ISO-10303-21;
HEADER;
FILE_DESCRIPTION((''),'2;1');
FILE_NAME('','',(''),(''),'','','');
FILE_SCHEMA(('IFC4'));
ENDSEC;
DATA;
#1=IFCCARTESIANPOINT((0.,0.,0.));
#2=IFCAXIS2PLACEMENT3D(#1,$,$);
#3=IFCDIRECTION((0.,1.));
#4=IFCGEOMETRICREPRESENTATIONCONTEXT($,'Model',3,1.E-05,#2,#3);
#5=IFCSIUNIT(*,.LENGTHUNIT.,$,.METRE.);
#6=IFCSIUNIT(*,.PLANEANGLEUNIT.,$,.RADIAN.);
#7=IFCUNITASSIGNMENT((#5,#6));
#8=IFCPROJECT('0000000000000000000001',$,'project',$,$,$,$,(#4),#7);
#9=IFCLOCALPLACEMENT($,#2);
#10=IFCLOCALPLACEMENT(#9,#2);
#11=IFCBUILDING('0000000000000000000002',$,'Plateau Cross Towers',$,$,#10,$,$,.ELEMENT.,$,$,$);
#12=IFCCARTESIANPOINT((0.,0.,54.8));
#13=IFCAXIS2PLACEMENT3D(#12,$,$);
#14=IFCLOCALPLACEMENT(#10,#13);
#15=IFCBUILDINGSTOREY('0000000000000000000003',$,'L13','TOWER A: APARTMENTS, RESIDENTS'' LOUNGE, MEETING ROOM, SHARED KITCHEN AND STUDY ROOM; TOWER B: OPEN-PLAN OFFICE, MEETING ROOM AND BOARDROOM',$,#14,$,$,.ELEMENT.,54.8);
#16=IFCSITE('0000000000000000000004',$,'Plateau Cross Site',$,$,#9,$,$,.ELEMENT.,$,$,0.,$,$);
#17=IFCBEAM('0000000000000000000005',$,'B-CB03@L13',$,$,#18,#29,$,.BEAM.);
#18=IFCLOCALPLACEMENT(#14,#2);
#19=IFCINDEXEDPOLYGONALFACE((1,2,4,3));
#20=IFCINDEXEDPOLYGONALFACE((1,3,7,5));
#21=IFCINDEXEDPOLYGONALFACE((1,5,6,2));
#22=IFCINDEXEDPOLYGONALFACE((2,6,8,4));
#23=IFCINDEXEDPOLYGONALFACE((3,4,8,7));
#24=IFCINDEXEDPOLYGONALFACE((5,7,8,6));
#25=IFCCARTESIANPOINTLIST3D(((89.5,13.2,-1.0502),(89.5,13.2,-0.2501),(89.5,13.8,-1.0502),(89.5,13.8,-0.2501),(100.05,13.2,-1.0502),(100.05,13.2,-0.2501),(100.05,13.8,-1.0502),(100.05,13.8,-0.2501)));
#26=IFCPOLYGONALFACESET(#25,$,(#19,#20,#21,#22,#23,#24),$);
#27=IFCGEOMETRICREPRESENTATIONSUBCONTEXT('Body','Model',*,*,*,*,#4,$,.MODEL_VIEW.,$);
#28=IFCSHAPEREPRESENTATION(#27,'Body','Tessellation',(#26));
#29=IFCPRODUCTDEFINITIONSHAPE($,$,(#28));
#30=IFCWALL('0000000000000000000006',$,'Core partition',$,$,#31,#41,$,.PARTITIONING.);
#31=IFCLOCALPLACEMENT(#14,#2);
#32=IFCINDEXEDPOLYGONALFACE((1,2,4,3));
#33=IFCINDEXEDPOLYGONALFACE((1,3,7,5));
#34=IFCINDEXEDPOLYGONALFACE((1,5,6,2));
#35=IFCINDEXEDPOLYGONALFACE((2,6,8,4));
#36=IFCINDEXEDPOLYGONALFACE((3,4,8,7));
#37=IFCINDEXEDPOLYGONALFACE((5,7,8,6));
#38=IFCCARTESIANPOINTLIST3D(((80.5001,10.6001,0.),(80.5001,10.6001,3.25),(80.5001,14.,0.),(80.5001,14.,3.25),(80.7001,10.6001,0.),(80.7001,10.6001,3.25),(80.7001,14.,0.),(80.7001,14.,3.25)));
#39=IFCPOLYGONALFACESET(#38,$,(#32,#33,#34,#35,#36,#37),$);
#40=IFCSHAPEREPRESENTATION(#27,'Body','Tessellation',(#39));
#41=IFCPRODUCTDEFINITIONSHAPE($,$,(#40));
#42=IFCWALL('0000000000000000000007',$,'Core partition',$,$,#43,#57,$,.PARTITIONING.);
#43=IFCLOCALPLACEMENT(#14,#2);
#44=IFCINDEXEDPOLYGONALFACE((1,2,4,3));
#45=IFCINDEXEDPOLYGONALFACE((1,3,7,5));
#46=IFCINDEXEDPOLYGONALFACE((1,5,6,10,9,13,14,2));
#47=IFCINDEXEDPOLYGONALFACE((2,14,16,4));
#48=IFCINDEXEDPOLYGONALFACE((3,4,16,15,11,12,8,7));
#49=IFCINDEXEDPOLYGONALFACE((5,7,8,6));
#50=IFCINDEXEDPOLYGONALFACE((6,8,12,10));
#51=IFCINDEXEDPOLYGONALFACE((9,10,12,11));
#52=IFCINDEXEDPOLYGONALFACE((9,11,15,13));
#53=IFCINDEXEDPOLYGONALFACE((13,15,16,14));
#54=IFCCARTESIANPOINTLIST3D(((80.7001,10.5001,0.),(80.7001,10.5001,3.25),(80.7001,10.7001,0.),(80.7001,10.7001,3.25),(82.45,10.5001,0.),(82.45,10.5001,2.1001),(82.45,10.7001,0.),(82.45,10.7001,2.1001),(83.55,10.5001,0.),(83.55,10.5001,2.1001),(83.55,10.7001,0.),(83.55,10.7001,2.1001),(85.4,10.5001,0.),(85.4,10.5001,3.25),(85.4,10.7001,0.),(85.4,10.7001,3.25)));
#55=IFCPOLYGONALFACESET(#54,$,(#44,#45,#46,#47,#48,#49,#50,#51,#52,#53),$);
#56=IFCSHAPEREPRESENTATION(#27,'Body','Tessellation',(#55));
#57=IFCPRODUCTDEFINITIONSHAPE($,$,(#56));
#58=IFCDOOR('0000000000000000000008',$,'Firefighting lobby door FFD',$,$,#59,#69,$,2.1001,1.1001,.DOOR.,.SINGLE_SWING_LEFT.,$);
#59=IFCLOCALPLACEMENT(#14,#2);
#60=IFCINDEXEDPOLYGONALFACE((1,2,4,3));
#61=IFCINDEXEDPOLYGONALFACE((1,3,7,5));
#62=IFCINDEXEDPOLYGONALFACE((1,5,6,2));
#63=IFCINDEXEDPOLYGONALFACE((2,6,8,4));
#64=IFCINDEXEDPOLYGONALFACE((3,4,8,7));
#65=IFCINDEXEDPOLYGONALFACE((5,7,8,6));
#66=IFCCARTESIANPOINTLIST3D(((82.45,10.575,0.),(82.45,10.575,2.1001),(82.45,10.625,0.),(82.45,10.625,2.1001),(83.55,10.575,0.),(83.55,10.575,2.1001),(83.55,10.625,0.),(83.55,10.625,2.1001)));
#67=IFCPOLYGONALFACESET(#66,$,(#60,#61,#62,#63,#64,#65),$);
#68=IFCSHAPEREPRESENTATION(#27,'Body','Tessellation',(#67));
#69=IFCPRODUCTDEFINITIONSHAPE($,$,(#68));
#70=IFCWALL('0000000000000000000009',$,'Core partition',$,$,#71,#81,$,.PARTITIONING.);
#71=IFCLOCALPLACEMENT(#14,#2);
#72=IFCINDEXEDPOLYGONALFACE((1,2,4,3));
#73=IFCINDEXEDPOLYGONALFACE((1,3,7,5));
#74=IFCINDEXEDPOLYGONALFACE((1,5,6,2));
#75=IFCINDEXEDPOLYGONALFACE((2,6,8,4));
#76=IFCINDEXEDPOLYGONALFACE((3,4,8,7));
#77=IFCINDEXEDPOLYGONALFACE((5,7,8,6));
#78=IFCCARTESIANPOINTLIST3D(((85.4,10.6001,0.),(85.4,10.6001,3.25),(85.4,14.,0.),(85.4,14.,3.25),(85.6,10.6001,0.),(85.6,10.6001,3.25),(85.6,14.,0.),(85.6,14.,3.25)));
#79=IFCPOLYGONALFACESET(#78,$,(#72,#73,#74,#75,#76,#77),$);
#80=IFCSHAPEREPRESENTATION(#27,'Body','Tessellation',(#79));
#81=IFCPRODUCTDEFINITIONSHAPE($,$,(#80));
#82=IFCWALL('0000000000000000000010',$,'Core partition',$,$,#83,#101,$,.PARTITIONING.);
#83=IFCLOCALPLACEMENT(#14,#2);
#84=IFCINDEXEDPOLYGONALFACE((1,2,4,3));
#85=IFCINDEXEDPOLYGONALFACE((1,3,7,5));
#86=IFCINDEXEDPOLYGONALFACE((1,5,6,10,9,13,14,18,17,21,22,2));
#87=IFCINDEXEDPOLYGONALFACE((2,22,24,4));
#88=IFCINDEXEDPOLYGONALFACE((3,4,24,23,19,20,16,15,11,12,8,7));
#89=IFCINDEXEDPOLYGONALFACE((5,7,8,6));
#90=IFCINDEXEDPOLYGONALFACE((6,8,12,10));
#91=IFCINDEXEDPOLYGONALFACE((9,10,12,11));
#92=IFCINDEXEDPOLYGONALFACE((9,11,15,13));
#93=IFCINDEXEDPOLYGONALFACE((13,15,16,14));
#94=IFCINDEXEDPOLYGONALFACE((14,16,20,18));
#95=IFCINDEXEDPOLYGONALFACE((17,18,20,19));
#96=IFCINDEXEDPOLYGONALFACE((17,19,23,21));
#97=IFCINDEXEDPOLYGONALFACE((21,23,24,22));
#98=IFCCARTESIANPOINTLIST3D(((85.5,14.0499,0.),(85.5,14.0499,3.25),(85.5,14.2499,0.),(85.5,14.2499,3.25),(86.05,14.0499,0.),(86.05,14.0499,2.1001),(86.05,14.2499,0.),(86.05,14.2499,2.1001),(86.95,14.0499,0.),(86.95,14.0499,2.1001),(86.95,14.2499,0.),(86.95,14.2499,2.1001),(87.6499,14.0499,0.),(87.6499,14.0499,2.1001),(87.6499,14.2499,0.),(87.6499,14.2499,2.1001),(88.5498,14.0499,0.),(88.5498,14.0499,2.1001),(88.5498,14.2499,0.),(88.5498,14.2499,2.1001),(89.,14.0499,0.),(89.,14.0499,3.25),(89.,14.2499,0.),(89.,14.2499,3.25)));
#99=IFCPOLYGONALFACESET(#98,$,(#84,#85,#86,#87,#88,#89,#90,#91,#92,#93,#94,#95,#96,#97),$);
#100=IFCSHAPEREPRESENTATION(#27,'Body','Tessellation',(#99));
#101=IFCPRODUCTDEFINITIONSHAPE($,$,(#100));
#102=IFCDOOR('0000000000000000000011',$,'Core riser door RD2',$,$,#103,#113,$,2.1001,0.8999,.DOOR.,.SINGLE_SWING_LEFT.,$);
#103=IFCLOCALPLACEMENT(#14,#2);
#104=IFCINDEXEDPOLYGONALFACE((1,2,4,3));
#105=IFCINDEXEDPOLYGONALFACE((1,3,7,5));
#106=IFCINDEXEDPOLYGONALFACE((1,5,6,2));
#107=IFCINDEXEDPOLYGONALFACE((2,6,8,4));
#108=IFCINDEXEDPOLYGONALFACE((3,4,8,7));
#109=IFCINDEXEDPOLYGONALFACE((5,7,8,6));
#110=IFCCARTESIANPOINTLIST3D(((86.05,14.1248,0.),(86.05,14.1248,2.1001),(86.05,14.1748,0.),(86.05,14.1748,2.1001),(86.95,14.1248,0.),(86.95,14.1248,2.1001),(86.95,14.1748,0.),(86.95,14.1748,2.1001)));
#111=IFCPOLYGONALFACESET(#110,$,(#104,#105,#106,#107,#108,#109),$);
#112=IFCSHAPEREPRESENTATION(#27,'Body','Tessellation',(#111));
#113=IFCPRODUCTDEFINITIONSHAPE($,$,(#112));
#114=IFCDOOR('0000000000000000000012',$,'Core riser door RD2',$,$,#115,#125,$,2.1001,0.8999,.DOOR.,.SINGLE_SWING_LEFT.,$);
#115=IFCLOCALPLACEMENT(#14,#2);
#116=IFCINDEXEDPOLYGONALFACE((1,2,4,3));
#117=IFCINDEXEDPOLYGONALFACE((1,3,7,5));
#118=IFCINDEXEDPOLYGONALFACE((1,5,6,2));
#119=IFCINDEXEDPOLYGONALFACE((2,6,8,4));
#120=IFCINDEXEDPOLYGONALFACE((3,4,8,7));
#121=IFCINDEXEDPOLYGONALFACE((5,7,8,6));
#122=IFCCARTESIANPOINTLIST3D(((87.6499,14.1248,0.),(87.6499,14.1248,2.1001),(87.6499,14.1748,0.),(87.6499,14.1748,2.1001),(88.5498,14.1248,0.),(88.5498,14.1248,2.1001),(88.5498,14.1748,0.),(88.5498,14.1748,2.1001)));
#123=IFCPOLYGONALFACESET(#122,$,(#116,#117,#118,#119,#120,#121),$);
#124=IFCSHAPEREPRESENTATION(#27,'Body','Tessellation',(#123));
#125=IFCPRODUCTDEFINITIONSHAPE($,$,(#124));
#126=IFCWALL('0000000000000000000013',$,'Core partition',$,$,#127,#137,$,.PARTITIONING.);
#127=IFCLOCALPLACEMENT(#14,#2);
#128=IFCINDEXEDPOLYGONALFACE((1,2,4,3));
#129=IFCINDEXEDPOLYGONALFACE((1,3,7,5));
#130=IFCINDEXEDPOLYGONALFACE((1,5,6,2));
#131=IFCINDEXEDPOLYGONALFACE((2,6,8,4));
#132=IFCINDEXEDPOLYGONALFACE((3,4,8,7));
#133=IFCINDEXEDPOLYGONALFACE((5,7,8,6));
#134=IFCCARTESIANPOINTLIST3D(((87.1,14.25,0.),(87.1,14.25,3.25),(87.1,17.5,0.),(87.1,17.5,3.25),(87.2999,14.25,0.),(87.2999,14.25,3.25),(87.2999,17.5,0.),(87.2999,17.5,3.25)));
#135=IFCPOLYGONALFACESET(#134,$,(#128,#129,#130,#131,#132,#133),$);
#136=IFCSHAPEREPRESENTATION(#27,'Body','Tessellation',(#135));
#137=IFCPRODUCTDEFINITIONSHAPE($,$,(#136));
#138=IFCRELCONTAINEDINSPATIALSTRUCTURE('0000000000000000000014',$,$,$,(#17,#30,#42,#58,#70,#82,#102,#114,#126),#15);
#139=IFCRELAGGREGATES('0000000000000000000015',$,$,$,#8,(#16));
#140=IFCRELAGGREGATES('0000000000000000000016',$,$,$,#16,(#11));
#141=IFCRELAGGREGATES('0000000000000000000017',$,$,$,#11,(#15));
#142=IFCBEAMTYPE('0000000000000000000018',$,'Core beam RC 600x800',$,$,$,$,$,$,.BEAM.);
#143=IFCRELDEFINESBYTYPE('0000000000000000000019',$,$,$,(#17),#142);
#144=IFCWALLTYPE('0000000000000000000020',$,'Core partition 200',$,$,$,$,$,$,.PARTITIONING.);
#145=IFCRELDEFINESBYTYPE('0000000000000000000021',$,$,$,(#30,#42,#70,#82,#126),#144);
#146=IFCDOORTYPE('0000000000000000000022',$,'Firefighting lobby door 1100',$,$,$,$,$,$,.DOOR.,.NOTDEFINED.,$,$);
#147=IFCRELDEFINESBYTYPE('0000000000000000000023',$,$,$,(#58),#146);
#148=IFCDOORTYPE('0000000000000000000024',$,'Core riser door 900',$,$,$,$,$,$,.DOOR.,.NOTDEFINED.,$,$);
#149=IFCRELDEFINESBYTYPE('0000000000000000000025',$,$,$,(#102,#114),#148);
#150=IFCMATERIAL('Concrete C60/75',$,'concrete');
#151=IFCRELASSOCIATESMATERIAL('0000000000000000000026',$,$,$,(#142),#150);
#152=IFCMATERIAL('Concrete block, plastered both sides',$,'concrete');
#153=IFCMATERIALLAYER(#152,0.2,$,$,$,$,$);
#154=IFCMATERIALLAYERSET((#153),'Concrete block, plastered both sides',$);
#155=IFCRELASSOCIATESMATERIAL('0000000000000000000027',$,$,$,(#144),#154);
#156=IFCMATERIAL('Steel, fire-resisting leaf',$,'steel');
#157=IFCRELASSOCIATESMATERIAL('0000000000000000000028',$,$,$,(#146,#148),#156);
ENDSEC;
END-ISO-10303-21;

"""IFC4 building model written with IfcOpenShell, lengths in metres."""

from ifc_helpers import new_model, si_unit, direction, frame, frame_2d, origin, origin_2d, place, context, subcontext, project, spatial, rectangle, extrude, material, layer, layer_set, material_profile, profile_set, type_object, element, fill, save


model = new_model("IFC4")

# Units and contexts
model_context = context("Model", 3, precision=1e-05, world=origin(), true_north=direction((0.0, 1.0)))
body_context = subcontext(model_context, "Body", "Model", "MODEL_VIEW")
ifc_project = project(units=[si_unit("LENGTHUNIT", "METRE"), si_unit("PLANEANGLEUNIT", "RADIAN")], contexts=[model_context])

# Site, building, storey
site_placement = place(None, origin())
site = spatial("IfcSite", under=ifc_project, at=site_placement, Name="Plateau Cross Site", CompositionType="ELEMENT", RefElevation=0.0)
building_placement = place(site_placement, origin())
building = spatial("IfcBuilding", under=site, at=building_placement, Name="Plateau Cross Towers", CompositionType="ELEMENT")
storey_placement = place(building_placement, frame((0.0, 0.0, 54.8)))
storey = spatial("IfcBuildingStorey", under=building, at=storey_placement, Name="L13", Description="TOWER A: APARTMENTS, RESIDENTS' LOUNGE, MEETING ROOM, SHARED KITCHEN AND STUDY ROOM; TOWER B: OPEN-PLAN OFFICE, MEETING ROOM AND BOARDROOM", CompositionType="ELEMENT", Elevation=54.8)

# Beam
ifc_material_1 = material(Name="Concrete C60/75", Category="concrete")
ifc_material_profile = material_profile(ifc_material_1, rectangle(XDim=0.6001, YDim=0.8, at=origin_2d()), Name="RC 600x800")
ifc_profile_set = profile_set([ifc_material_profile], Name="Concrete C60/75")
beam_type = type_object("IfcBeamType", Name="Core beam RC 600x800", PredefinedType="BEAM", material=ifc_profile_set)
beam_placement = place(storey_placement, frame((89.5, 13.5, -0.6501), z_axis=(1.0, 0.0, 0.0), x_axis=(0.0, 1.0, 0.0)))
element("IfcBeam", 1, at=beam_placement, inside=storey, type_object=beam_type, Name="B-CB03@L13", PredefinedType="BEAM", context=body_context, shape_type="SweptSolid", body=[
    extrude(rectangle(XDim=0.6001, YDim=0.8, at=origin_2d()), origin(), (0.0, 0.0, 1.0), 10.55),
])

# Wall
ifc_material_2 = material(Name="Concrete block, plastered both sides", Category="concrete")
ifc_layer_1 = layer(ifc_material_2, 0.2)
ifc_layer_set_1 = layer_set([ifc_layer_1], Name="Concrete block, plastered both sides")
wall_type_1 = type_object("IfcWallType", Name="Core partition 200", PredefinedType="PARTITIONING", material=ifc_layer_set_1)
wall_1_placement = place(storey_placement, frame((80.6001, 10.6001, 0.0), z_axis=(0.0, 0.0, 1.0), x_axis=(0.0, 1.0, 0.0)))
element("IfcWall", 2, at=wall_1_placement, inside=storey, type_object=wall_type_1, Name="Core partition", PredefinedType="PARTITIONING", context=body_context, shape_type="SweptSolid", body=[
    extrude(rectangle(XDim=3.3999, YDim=0.2, at=frame_2d((1.7, 0.0))), origin(), (0.0, 0.0, 1.0), 3.25),
])

# Wall, opening, door
wall_2_placement = place(storey_placement, frame((80.7, 10.6001, 0.0), z_axis=(0.0, 0.0, 1.0), x_axis=(1.0, 0.0, 0.0)))
wall_2 = element("IfcWall", 3, at=wall_2_placement, inside=storey, type_object=wall_type_1, Name="Core partition", PredefinedType="PARTITIONING", context=body_context, shape_type="SweptSolid", body=[
    extrude(rectangle(XDim=4.7, YDim=0.2, at=frame_2d((2.3501, 0.0))), origin(), (0.0, 0.0, 1.0), 3.25),
])
opening_1_placement = place(wall_2_placement, frame((1.75, 0.0, 0.0)))
opening_1 = element("IfcOpeningElement", 4, at=opening_1_placement, cuts=wall_2, PredefinedType="OPENING", context=body_context, shape_type="SweptSolid", body=[
    extrude(rectangle(XDim=1.1001, YDim=2.1001, at=frame_2d((0.55, 1.05))), frame((0.0, 0.1099, 0.0), z_axis=(0.0, -1.0, 0.0), x_axis=(1.0, 0.0, 0.0)), (0.0, 0.0, 1.0), 0.22),
])
ifc_material_3 = material(Name="Steel, fire-resisting leaf", Category="steel")
door_type_1 = type_object("IfcDoorType", Name="Firefighting lobby door 1100", OperationType="NOTDEFINED", PredefinedType="DOOR", material=ifc_material_3)
door_1_placement = place(opening_1_placement, origin())
door_1 = element("IfcDoor", 5, at=door_1_placement, inside=storey, type_object=door_type_1, Name="Firefighting lobby door FFD", OperationType="SINGLE_SWING_LEFT", OverallHeight=2.1001, OverallWidth=1.1001, PredefinedType="DOOR", context=body_context, shape_type="SweptSolid", body=[
    extrude(rectangle(XDim=1.1001, YDim=2.1001, at=frame_2d((0.55, 1.05))), frame((0.0, 0.0249, 0.0), z_axis=(0.0, -1.0, 0.0), x_axis=(1.0, 0.0, 0.0)), (0.0, 0.0, 1.0), 0.05),
])
fill(opening_1, door_1)

# Wall
wall_3_placement = place(storey_placement, frame((85.5, 10.6001, 0.0), z_axis=(0.0, 0.0, 1.0), x_axis=(0.0, 1.0, 0.0)))
element("IfcWall", 6, at=wall_3_placement, inside=storey, type_object=wall_type_1, Name="Core partition", PredefinedType="PARTITIONING", context=body_context, shape_type="SweptSolid", body=[
    extrude(rectangle(XDim=3.3999, YDim=0.2, at=frame_2d((1.7, 0.0))), origin(), (0.0, 0.0, 1.0), 3.25),
])

# Wall, openings, doors
wall_4_placement = place(storey_placement, frame((85.5, 14.1499, 0.0), z_axis=(0.0, 0.0, 1.0), x_axis=(1.0, 0.0, 0.0)))
wall_4 = element("IfcWall", 7, at=wall_4_placement, inside=storey, type_object=wall_type_1, Name="Core partition", PredefinedType="PARTITIONING", context=body_context, shape_type="SweptSolid", body=[
    extrude(rectangle(XDim=3.5, YDim=0.2, at=frame_2d((1.75, 0.0))), origin(), (0.0, 0.0, 1.0), 3.25),
])
opening_2_placement = place(wall_4_placement, frame((0.55, 0.0, 0.0)))
opening_2 = element("IfcOpeningElement", 8, at=opening_2_placement, cuts=wall_4, PredefinedType="OPENING", context=body_context, shape_type="SweptSolid", body=[
    extrude(rectangle(XDim=0.8999, YDim=2.1001, at=frame_2d((0.45, 1.05))), frame((0.0, 0.1099, 0.0), z_axis=(0.0, -1.0, 0.0), x_axis=(1.0, 0.0, 0.0)), (0.0, 0.0, 1.0), 0.22),
])
opening_3_placement = place(wall_4_placement, frame((2.1499, 0.0, 0.0)))
opening_3 = element("IfcOpeningElement", 9, at=opening_3_placement, cuts=wall_4, PredefinedType="OPENING", context=body_context, shape_type="SweptSolid", body=[
    extrude(rectangle(XDim=0.8999, YDim=2.1001, at=frame_2d((0.45, 1.05))), frame((0.0, 0.1099, 0.0), z_axis=(0.0, -1.0, 0.0), x_axis=(1.0, 0.0, 0.0)), (0.0, 0.0, 1.0), 0.22),
])
door_type_2 = type_object("IfcDoorType", Name="Core riser door 900", OperationType="NOTDEFINED", PredefinedType="DOOR", material=ifc_material_3)
door_2_placement = place(opening_2_placement, origin())
door_2 = element("IfcDoor", 10, at=door_2_placement, inside=storey, type_object=door_type_2, Name="Core riser door RD2", OperationType="SINGLE_SWING_LEFT", OverallHeight=2.1001, OverallWidth=0.8999, PredefinedType="DOOR", context=body_context, shape_type="SweptSolid", body=[
    extrude(rectangle(XDim=0.8999, YDim=2.1001, at=frame_2d((0.45, 1.05))), frame((0.0, 0.0249, 0.0), z_axis=(0.0, -1.0, 0.0), x_axis=(1.0, 0.0, 0.0)), (0.0, 0.0, 1.0), 0.05),
])
fill(opening_2, door_2)
door_3_placement = place(opening_3_placement, origin())
door_3 = element("IfcDoor", 11, at=door_3_placement, inside=storey, type_object=door_type_2, Name="Core riser door RD2", OperationType="SINGLE_SWING_LEFT", OverallHeight=2.1001, OverallWidth=0.8999, PredefinedType="DOOR", context=body_context, shape_type="SweptSolid", body=[
    extrude(rectangle(XDim=0.8999, YDim=2.1001, at=frame_2d((0.45, 1.05))), frame((0.0, 0.0249, 0.0), z_axis=(0.0, -1.0, 0.0), x_axis=(1.0, 0.0, 0.0)), (0.0, 0.0, 1.0), 0.05),
])
fill(opening_3, door_3)

# Wall
wall_5_placement = place(storey_placement, frame((87.2, 14.25, 0.0), z_axis=(0.0, 0.0, 1.0), x_axis=(0.0, 1.0, 0.0)))
element("IfcWall", 12, at=wall_5_placement, inside=storey, type_object=wall_type_1, Name="Core partition", PredefinedType="PARTITIONING", context=body_context, shape_type="SweptSolid", body=[
    extrude(rectangle(XDim=3.25, YDim=0.2, at=frame_2d((1.625, 0.0))), origin(), (0.0, 0.0, 1.0), 3.25),
])

save(model, "model.ifc")
